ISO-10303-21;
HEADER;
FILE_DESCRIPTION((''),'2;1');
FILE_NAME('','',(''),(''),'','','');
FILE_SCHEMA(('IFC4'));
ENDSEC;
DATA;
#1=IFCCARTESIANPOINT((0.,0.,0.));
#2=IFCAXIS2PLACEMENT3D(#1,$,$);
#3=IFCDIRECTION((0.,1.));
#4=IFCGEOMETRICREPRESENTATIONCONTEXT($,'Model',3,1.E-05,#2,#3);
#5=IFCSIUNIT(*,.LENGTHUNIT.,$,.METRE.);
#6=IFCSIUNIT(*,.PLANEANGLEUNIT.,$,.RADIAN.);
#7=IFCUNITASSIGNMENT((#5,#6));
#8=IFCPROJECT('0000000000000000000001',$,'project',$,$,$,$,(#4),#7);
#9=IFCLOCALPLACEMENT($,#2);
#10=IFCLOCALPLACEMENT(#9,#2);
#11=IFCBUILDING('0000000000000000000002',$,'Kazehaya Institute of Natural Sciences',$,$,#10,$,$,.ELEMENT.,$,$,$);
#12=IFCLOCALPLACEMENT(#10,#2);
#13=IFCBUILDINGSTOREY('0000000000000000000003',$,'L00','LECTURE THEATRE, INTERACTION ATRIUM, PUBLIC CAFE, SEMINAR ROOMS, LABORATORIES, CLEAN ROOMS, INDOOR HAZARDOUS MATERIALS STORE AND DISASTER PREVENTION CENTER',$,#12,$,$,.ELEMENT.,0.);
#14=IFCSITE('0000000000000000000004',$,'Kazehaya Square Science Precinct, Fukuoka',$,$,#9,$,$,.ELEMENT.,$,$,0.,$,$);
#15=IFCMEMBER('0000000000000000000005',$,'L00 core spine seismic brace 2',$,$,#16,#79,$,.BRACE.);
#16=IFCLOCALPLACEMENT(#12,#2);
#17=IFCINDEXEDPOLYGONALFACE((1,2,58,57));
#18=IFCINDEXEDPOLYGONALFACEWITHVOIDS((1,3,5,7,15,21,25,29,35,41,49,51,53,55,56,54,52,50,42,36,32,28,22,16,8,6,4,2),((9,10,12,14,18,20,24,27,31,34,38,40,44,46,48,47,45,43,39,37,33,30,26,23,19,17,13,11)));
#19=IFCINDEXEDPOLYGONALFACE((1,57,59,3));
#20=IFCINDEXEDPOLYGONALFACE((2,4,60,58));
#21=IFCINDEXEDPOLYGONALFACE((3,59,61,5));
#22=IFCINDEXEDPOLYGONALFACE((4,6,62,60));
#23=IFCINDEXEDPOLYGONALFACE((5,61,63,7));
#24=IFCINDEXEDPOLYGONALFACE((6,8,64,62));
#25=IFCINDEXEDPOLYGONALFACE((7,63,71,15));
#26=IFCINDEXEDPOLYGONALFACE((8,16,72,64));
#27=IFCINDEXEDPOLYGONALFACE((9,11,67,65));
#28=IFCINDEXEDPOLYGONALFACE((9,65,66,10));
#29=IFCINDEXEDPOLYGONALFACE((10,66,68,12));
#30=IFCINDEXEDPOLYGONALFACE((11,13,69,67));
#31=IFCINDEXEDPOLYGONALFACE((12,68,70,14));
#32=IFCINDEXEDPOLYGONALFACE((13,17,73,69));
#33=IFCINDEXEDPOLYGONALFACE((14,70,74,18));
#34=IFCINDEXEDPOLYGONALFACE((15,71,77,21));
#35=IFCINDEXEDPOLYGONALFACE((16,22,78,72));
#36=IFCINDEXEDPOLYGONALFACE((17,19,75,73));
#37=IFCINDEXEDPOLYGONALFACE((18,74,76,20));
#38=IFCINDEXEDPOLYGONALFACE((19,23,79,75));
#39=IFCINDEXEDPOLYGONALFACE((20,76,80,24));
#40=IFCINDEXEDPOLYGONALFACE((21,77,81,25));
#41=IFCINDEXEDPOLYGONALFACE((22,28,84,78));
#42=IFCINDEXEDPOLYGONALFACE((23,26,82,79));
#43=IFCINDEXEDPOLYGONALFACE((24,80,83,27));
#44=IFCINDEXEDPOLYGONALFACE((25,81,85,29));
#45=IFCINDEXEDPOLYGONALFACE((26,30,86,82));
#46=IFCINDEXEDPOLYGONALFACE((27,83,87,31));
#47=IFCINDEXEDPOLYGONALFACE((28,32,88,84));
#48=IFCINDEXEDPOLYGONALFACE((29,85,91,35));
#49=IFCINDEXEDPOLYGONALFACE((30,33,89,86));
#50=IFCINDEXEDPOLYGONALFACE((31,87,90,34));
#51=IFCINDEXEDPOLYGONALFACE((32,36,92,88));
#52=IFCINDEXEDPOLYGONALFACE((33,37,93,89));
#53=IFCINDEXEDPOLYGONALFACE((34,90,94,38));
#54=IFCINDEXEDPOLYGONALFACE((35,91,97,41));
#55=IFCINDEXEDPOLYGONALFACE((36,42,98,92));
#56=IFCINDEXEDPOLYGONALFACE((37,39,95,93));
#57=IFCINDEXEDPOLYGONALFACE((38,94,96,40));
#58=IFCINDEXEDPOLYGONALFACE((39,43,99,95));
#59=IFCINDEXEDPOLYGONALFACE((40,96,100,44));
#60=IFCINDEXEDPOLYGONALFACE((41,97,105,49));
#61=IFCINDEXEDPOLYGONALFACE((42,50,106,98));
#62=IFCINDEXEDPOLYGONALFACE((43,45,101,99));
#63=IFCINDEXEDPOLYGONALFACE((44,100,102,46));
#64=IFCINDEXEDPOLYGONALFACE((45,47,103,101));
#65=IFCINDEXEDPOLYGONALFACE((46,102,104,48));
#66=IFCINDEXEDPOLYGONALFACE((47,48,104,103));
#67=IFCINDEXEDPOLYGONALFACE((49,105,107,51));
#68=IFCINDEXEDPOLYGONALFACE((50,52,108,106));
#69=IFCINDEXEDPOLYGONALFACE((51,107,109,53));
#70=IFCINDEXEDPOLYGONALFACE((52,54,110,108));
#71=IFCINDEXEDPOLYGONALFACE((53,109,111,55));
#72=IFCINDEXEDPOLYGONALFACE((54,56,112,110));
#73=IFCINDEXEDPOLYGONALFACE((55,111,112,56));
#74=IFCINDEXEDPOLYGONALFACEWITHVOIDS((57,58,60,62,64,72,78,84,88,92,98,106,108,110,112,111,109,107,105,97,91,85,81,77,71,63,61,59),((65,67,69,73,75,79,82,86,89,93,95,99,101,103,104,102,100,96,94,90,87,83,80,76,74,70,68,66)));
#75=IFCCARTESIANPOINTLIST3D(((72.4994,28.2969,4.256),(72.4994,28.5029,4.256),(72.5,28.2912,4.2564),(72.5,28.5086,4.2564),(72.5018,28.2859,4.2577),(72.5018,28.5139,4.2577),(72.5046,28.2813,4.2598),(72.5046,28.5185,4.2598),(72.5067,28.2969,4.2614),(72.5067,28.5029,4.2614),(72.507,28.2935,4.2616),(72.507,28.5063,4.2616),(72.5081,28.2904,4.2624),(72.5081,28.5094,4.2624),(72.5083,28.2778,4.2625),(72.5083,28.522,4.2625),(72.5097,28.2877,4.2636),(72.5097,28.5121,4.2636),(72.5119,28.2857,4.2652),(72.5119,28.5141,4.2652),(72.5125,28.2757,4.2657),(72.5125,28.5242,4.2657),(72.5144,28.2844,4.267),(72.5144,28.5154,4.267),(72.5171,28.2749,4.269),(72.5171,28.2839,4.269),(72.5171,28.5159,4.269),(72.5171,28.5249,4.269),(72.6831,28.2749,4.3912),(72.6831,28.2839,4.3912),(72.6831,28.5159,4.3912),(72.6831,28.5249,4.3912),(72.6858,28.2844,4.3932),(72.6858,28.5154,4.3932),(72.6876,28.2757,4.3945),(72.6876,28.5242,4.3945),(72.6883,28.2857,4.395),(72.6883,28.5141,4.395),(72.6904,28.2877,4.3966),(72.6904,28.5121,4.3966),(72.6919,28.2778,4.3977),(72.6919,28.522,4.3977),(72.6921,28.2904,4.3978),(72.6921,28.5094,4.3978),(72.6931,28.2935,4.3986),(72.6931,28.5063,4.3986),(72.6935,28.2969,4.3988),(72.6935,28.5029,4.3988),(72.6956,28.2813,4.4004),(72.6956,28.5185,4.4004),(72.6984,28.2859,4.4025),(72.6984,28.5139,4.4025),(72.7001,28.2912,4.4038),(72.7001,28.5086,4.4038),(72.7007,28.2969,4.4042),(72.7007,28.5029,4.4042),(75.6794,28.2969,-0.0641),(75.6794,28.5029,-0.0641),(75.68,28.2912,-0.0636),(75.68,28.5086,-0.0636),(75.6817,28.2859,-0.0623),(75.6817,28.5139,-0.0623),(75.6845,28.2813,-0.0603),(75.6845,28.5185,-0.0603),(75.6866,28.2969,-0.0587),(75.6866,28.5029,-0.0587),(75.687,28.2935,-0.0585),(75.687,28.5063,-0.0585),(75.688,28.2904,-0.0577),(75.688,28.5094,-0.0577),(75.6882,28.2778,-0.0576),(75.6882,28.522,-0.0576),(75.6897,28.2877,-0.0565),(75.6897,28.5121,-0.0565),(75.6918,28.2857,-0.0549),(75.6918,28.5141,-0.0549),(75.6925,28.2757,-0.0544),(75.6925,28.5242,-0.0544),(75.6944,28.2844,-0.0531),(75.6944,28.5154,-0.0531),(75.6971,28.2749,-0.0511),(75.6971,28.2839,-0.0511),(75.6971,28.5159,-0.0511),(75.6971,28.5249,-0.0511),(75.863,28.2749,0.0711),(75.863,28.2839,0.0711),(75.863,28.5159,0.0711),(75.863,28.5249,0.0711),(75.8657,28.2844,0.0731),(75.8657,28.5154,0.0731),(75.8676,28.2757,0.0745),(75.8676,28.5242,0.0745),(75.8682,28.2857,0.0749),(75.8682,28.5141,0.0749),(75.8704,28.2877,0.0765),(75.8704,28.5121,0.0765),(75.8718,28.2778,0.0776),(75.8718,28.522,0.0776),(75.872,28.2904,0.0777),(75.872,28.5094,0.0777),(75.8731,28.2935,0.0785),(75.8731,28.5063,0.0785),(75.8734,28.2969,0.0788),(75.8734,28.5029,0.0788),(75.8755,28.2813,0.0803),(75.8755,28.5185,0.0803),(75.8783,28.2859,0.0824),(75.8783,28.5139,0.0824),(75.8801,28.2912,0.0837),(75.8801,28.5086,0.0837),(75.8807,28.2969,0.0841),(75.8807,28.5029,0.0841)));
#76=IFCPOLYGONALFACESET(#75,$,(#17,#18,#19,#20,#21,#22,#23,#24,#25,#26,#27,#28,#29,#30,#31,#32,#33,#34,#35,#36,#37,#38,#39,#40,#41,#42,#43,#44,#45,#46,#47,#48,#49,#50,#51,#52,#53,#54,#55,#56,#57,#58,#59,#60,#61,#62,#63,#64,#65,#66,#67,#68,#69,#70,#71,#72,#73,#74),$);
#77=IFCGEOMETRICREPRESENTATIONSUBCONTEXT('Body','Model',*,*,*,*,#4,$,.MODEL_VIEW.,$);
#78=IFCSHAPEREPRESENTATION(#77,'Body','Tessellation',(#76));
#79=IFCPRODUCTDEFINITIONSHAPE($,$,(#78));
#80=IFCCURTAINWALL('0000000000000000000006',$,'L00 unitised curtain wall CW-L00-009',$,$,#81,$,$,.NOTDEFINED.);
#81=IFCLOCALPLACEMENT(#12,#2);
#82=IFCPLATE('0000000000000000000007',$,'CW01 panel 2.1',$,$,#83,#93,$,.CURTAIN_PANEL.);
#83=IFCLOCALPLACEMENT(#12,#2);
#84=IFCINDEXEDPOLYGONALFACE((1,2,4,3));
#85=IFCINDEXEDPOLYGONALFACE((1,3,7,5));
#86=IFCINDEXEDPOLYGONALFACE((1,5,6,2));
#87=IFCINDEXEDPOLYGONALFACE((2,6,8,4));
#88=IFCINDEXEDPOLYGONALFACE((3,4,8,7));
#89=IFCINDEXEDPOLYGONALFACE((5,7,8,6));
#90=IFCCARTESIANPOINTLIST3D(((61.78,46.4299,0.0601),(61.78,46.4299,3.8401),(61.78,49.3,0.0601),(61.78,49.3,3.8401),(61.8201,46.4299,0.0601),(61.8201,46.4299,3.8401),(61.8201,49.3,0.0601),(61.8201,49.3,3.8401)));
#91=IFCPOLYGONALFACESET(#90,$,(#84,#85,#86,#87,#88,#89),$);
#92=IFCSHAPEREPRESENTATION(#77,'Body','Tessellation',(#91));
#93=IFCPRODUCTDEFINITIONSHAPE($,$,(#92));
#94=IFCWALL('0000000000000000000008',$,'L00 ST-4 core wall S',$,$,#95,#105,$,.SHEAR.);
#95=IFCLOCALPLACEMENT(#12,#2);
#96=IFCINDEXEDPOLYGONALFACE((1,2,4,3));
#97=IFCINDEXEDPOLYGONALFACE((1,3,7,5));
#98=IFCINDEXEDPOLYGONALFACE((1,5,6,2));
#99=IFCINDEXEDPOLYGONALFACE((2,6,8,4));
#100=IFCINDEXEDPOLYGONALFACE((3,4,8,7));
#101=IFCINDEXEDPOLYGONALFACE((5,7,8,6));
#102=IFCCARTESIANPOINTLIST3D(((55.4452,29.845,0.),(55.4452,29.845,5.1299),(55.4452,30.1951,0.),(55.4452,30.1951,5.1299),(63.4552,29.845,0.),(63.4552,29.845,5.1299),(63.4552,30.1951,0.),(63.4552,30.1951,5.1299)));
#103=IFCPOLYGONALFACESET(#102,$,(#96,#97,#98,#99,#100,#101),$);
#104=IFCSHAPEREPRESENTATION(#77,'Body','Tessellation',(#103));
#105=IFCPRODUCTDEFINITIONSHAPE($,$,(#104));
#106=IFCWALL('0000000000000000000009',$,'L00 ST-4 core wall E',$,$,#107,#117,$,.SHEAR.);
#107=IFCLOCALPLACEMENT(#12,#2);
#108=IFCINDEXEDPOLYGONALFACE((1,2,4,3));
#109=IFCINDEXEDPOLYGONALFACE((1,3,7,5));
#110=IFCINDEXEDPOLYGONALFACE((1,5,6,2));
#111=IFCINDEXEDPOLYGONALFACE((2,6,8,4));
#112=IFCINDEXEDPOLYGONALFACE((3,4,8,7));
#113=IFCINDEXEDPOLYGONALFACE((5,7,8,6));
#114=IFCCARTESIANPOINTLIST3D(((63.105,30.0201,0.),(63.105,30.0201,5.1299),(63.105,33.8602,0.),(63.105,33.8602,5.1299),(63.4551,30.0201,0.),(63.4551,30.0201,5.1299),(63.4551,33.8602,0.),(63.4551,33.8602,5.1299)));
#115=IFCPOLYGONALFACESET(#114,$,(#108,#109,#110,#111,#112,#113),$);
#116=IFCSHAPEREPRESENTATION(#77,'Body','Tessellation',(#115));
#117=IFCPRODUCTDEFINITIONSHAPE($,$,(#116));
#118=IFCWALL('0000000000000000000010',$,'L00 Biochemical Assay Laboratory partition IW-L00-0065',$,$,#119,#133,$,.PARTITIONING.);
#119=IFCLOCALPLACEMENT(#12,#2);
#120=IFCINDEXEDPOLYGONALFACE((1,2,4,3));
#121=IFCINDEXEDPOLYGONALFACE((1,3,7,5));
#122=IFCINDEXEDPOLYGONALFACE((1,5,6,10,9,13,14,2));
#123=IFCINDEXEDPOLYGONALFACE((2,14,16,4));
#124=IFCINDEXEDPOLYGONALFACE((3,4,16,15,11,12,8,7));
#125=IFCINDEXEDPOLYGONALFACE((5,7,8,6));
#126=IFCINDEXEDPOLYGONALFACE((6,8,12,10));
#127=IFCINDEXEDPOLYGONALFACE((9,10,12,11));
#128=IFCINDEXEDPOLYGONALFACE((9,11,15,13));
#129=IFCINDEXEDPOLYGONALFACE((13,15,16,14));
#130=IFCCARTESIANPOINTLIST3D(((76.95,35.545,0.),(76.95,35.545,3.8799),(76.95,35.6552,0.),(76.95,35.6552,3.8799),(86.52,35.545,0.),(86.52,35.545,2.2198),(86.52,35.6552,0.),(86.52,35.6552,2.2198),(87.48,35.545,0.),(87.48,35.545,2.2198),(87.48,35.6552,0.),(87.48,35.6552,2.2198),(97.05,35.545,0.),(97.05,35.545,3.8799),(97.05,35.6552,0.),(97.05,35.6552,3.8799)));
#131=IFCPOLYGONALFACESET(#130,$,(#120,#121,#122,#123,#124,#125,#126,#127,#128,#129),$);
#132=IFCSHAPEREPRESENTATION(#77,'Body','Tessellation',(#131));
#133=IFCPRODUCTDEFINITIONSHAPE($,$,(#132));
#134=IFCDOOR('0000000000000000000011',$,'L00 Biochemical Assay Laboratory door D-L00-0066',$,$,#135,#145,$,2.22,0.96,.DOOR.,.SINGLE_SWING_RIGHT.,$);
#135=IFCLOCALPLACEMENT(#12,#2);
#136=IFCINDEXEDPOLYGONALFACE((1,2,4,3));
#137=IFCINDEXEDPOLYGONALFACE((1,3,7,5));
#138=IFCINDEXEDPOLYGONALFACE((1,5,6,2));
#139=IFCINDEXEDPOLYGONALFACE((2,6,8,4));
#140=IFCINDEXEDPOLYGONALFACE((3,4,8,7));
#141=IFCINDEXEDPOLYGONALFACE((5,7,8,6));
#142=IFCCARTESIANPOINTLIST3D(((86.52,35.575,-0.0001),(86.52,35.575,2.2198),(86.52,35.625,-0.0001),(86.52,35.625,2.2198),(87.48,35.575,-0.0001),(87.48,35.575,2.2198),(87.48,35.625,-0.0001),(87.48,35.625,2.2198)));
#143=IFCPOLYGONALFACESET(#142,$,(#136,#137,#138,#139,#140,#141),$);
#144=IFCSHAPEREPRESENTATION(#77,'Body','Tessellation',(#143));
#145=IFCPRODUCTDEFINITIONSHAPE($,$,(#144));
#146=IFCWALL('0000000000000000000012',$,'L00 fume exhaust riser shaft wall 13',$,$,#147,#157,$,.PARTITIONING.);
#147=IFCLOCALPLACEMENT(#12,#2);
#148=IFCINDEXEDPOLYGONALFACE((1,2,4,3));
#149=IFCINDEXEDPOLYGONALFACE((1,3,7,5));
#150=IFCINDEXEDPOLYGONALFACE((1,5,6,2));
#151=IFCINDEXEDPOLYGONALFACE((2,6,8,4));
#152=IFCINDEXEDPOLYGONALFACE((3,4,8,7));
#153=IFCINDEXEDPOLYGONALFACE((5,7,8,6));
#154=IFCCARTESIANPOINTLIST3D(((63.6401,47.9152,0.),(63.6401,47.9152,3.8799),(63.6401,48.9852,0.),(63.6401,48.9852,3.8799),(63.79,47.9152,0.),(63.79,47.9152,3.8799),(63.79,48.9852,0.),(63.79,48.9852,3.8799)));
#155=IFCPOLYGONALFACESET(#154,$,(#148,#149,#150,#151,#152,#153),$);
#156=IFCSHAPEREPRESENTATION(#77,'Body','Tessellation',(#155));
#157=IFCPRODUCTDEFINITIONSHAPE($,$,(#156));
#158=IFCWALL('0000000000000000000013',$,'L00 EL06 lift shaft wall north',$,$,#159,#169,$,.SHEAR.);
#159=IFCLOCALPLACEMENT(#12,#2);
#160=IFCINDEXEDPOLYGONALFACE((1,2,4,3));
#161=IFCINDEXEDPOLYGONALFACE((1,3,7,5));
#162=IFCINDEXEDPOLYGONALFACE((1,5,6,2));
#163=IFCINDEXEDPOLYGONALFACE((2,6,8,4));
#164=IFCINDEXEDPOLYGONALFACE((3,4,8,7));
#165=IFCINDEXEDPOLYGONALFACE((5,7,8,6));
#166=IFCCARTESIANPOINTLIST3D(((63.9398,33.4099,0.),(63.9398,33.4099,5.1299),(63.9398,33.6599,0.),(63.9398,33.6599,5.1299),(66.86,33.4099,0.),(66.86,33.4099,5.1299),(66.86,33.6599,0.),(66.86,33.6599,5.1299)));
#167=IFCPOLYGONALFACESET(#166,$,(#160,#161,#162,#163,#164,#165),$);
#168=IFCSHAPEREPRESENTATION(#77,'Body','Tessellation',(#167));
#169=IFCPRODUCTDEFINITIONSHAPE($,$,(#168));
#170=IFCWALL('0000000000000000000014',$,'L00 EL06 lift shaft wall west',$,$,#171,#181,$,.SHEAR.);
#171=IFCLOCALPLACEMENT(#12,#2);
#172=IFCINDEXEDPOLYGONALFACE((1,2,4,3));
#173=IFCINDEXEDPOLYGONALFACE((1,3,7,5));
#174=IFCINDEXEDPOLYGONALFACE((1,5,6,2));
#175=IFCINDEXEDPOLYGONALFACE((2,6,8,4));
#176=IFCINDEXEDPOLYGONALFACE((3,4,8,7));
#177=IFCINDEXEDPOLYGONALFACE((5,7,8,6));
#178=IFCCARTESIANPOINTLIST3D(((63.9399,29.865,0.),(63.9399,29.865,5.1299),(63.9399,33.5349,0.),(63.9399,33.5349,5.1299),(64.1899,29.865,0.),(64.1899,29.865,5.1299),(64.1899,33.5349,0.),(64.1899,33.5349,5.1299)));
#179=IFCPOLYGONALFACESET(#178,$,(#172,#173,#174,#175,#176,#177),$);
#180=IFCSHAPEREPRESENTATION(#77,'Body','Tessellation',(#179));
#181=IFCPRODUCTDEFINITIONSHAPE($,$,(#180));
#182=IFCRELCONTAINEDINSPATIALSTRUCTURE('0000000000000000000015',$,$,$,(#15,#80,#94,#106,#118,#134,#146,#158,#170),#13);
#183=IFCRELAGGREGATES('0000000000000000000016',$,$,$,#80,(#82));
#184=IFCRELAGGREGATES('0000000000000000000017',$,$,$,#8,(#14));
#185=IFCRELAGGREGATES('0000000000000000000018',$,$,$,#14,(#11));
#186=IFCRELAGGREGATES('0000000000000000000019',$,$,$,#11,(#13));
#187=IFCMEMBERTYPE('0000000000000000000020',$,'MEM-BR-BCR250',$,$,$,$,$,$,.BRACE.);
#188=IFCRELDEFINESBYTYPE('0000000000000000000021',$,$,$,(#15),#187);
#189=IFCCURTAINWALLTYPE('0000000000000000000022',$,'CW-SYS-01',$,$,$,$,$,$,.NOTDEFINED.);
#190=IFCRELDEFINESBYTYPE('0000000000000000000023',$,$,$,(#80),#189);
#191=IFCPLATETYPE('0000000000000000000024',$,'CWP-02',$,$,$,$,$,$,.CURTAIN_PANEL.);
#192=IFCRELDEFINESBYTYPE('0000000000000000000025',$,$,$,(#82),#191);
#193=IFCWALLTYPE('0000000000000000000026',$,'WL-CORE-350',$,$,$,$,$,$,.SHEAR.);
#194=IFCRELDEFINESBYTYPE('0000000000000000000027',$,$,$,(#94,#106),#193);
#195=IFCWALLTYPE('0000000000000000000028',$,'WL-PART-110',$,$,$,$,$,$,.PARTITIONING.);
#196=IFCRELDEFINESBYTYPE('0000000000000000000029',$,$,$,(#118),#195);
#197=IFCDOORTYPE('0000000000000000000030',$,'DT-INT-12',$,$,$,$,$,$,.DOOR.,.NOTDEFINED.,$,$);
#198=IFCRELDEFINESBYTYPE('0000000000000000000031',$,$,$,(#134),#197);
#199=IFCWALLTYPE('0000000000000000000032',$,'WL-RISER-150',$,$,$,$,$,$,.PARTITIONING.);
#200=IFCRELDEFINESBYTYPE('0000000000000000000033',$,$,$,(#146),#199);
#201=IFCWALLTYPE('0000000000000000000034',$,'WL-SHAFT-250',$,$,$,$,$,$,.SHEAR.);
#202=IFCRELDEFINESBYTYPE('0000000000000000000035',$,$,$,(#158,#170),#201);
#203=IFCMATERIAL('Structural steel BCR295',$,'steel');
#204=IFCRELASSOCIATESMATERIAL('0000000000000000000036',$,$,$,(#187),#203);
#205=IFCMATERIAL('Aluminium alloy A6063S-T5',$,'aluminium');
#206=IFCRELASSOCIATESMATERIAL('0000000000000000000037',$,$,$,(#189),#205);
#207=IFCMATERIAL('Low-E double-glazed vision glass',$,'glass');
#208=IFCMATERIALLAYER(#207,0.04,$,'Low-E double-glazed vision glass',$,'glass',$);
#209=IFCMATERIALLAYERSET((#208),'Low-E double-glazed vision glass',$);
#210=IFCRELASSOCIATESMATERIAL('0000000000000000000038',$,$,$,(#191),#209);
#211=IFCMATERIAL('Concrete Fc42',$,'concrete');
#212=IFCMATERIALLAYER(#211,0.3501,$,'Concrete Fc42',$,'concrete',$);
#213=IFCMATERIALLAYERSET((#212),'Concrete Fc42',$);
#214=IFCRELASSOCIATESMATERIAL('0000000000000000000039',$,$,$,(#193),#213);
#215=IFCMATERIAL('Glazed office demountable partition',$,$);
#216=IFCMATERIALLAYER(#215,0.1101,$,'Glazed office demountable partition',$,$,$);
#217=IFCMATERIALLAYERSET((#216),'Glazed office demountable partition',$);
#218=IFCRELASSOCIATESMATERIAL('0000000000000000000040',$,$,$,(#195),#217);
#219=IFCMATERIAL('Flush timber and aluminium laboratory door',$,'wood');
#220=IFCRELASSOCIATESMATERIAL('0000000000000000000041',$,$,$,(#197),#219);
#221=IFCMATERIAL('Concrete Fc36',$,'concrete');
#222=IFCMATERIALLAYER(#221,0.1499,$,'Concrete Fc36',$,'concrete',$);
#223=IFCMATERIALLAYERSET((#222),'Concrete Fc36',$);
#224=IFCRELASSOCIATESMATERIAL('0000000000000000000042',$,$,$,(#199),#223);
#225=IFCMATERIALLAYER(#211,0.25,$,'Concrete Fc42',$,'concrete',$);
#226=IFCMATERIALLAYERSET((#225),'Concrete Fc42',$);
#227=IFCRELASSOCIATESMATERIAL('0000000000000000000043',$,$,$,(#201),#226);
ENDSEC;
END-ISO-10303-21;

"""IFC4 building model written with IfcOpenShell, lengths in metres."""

from ifc_helpers import new_model, si_unit, direction, frame, frame_2d, origin, origin_2d, place, context, subcontext, project, spatial, rectangle, hollow_rectangle, extrude, material, layer, layer_set, material_profile, profile_set, type_object, element, fill, aggregate, save


model = new_model("IFC4")

# Units and contexts
model_context = context("Model", 3, precision=1e-05, world=origin(), true_north=direction((0.0, 1.0)))
body_context = subcontext(model_context, "Body", "Model", "MODEL_VIEW")
ifc_project = project(units=[si_unit("LENGTHUNIT", "METRE"), si_unit("PLANEANGLEUNIT", "RADIAN")], contexts=[model_context])

# Site, building, storey
site_placement = place(None, origin())
site = spatial("IfcSite", under=ifc_project, at=site_placement, Name="Kazehaya Square Science Precinct, Fukuoka", CompositionType="ELEMENT", RefElevation=0.0)
building_placement = place(site_placement, origin())
building = spatial("IfcBuilding", under=site, at=building_placement, Name="Kazehaya Institute of Natural Sciences", CompositionType="ELEMENT")
storey_placement = place(building_placement, origin())
storey = spatial("IfcBuildingStorey", under=building, at=storey_placement, Name="L00", Description="LECTURE THEATRE, INTERACTION ATRIUM, PUBLIC CAFE, SEMINAR ROOMS, LABORATORIES, CLEAN ROOMS, INDOOR HAZARDOUS MATERIALS STORE AND DISASTER PREVENTION CENTER", CompositionType="ELEMENT", Elevation=0.0)

# Shared definitions
ifc_material_1 = material(Name="Concrete Fc36", Category="concrete")
ifc_material_2 = material(Name="Concrete Fc42", Category="concrete")

# Member
ifc_material_3 = material(Name="Structural steel BCR295", Category="steel")
ifc_material_profile_1 = material_profile(ifc_material_3, hollow_rectangle(XDim=0.25, YDim=0.25, WallThickness=0.009, InnerFilletRadius=0.0129, OuterFilletRadius=0.022, at=origin_2d()), Name="BCR-250x250x9")
ifc_profile_set_1 = profile_set([ifc_material_profile_1], Name="Structural steel BCR295")
member_type = type_object("IfcMemberType", Name="MEM-BR-BCR250", PredefinedType="BRACE", material=ifc_profile_set_1)
for number, where, z_axis, x_axis, name in (
    (1, (75.78, 28.3999, 0.01), (-0.592803, 0.0, 0.805347), (0.0, -1.0, 0.0), "L00 core spine seismic brace 2"),
):
    element("IfcMember", number, at=place(storey_placement, frame(where, z_axis=z_axis, x_axis=x_axis)), inside=storey, type_object=member_type, Name=name, PredefinedType="BRACE", context=body_context, shape_type="SweptSolid", body=[
        extrude(hollow_rectangle(XDim=0.25, YDim=0.25, WallThickness=0.009, InnerFilletRadius=0.0129, OuterFilletRadius=0.022, at=origin_2d()), origin(), (0.0, 0.0, 1.0), 5.3643),
    ])

# Curtain wall, plate
ifc_material_4 = material(Name="Aluminium alloy A6063S-T5", Category="aluminium")
curtain_wall_type = type_object("IfcCurtainWallType", Name="CW-SYS-01", PredefinedType="NOTDEFINED", material=ifc_material_4)
curtain_wall_placement = place(storey_placement, origin())
curtain_wall = element("IfcCurtainWall", 2, at=curtain_wall_placement, inside=storey, type_object=curtain_wall_type, Name="L00 unitised curtain wall CW-L00-009", PredefinedType="NOTDEFINED")
ifc_material_5 = material(Name="Low-E double-glazed vision glass", Category="glass")
ifc_layer_1 = layer(ifc_material_5, 0.04, Name="Low-E double-glazed vision glass", Category="glass")
ifc_layer_set_1 = layer_set([ifc_layer_1], Name="Low-E double-glazed vision glass")
plate_type = type_object("IfcPlateType", Name="CWP-02", PredefinedType="CURTAIN_PANEL", material=ifc_layer_set_1)
plate_placement = place(storey_placement, frame((61.8, 47.865, 0.0601), z_axis=(0.0, 0.0, 1.0), x_axis=(0.0, 1.0, 0.0)))
plate = element("IfcPlate", 3, at=plate_placement, type_object=plate_type, Name="CW01 panel 2.1", PredefinedType="CURTAIN_PANEL", context=body_context, shape_type="SweptSolid", body=[
    extrude(rectangle(XDim=2.8701, YDim=0.04, at=origin_2d()), origin(), (0.0, 0.0, 1.0), 3.78),
])
aggregate(curtain_wall, [plate])

# Walls
ifc_layer_2 = layer(ifc_material_2, 0.3501, Name="Concrete Fc42", Category="concrete")
ifc_layer_set_2 = layer_set([ifc_layer_2], Name="Concrete Fc42")
wall_type_1 = type_object("IfcWallType", Name="WL-CORE-350", PredefinedType="SHEAR", material=ifc_layer_set_2)
wall_1_placement = place(storey_placement, frame((63.4551, 30.02, 0.0), z_axis=(0.0, 0.0, 1.0), x_axis=(-1.0, 0.0, 0.0)))
element("IfcWall", 4, at=wall_1_placement, inside=storey, type_object=wall_type_1, Name="L00 ST-4 core wall S", PredefinedType="SHEAR", context=body_context, shape_type="SweptSolid", body=[
    extrude(rectangle(XDim=8.01, YDim=0.3501, at=frame_2d((4.0049, 0.0))), origin(), (0.0, 0.0, 1.0), 5.1299),
])
wall_2_placement = place(storey_placement, frame((63.28, 33.8601, 0.0), z_axis=(0.0, 0.0, 1.0), x_axis=(0.0, -1.0, 0.0)))
element("IfcWall", 5, at=wall_2_placement, inside=storey, type_object=wall_type_1, Name="L00 ST-4 core wall E", PredefinedType="SHEAR", context=body_context, shape_type="SweptSolid", body=[
    extrude(rectangle(XDim=3.8401, YDim=0.3501, at=frame_2d((1.9199, 0.0))), origin(), (0.0, 0.0, 1.0), 5.1299),
])

# Wall, opening, door
ifc_material_6 = material(Name="Glazed office demountable partition")
ifc_layer_3 = layer(ifc_material_6, 0.1101, Name="Glazed office demountable partition")
ifc_layer_set_3 = layer_set([ifc_layer_3], Name="Glazed office demountable partition")
wall_type_2 = type_object("IfcWallType", Name="WL-PART-110", PredefinedType="PARTITIONING", material=ifc_layer_set_3)
wall_3_placement = place(storey_placement, frame((76.95, 35.6001, 0.0), z_axis=(0.0, 0.0, 1.0), x_axis=(1.0, 0.0, 0.0)))
wall_3 = element("IfcWall", 6, at=wall_3_placement, inside=storey, type_object=wall_type_2, Name="L00 Biochemical Assay Laboratory partition IW-L00-0065", PredefinedType="PARTITIONING", context=body_context, shape_type="SweptSolid", body=[
    extrude(rectangle(XDim=20.1001, YDim=0.1101, at=frame_2d((10.05, 0.0))), origin(), (0.0, 0.0, 1.0), 3.8799),
])
opening_1_placement = place(wall_3_placement, frame((9.5701, 0.0, 0.0)))
opening_1 = element("IfcOpeningElement", 7, at=opening_1_placement, cuts=wall_3, PredefinedType="OPENING", context=body_context, shape_type="SweptSolid", body=[
    extrude(rectangle(XDim=0.96, YDim=2.22, at=frame_2d((0.48, 1.1099))), frame((0.0, 0.0649, 0.0), z_axis=(0.0, -1.0, 0.0), x_axis=(1.0, 0.0, 0.0)), (0.0, 0.0, 1.0), 0.1301),
])
ifc_material_7 = material(Name="Flush timber and aluminium laboratory door", Category="wood")
door_type_1 = type_object("IfcDoorType", Name="DT-INT-12", OperationType="NOTDEFINED", PredefinedType="DOOR", material=ifc_material_7)
door_1_placement = place(opening_1_placement, origin())
door_1 = element("IfcDoor", 8, at=door_1_placement, inside=storey, type_object=door_type_1, Name="L00 Biochemical Assay Laboratory door D-L00-0066", OperationType="SINGLE_SWING_RIGHT", OverallHeight=2.22, OverallWidth=0.96, PredefinedType="DOOR", context=body_context, shape_type="SweptSolid", body=[
    extrude(rectangle(XDim=0.96, YDim=2.22, at=frame_2d((0.48, 1.1099))), frame((0.0, 0.0249, 0.0), z_axis=(0.0, -1.0, 0.0), x_axis=(1.0, 0.0, 0.0)), (0.0, 0.0, 1.0), 0.05),
])
fill(opening_1, door_1)

# Wall
ifc_layer_4 = layer(ifc_material_1, 0.1499, Name="Concrete Fc36", Category="concrete")
ifc_layer_set_4 = layer_set([ifc_layer_4], Name="Concrete Fc36")
wall_type_3 = type_object("IfcWallType", Name="WL-RISER-150", PredefinedType="PARTITIONING", material=ifc_layer_set_4)
wall_4_placement = place(storey_placement, frame((63.7151, 47.915, 0.0), z_axis=(0.0, 0.0, 1.0), x_axis=(0.0, 1.0, 0.0)))
element("IfcWall", 9, at=wall_4_placement, inside=storey, type_object=wall_type_3, Name="L00 fume exhaust riser shaft wall 13", PredefinedType="PARTITIONING", context=body_context, shape_type="SweptSolid", body=[
    extrude(rectangle(XDim=1.0701, YDim=0.1499, at=frame_2d((0.5352, 0.0))), origin(), (0.0, 0.0, 1.0), 3.8799),
])

# Shared definitions
ifc_layer_5 = layer(ifc_material_2, 0.25, Name="Concrete Fc42", Category="concrete")
ifc_layer_set_5 = layer_set([ifc_layer_5], Name="Concrete Fc42")
wall_type_4 = type_object("IfcWallType", Name="WL-SHAFT-250", PredefinedType="SHEAR", material=ifc_layer_set_5)

# Walls
wall_5_placement = place(storey_placement, frame((63.9399, 33.5349, 0.0), z_axis=(0.0, 0.0, 1.0), x_axis=(1.0, 0.0, 0.0)))
element("IfcWall", 10, at=wall_5_placement, inside=storey, type_object=wall_type_4, Name="L00 EL06 lift shaft wall north", PredefinedType="SHEAR", context=body_context, shape_type="SweptSolid", body=[
    extrude(rectangle(XDim=2.9202, YDim=0.25, at=frame_2d((1.46, 0.0))), origin(), (0.0, 0.0, 1.0), 5.1299),
])
for number, where, z_axis, x_axis, name in (
    (11, (64.0649, 29.865, 0.0), (0.0, 0.0, 1.0), (0.0, 1.0, 0.0), "L00 EL06 lift shaft wall west"),
):
    element("IfcWall", number, at=place(storey_placement, frame(where, z_axis=z_axis, x_axis=x_axis)), inside=storey, type_object=wall_type_4, Name=name, PredefinedType="SHEAR", context=body_context, shape_type="SweptSolid", body=[
        extrude(rectangle(XDim=3.6699, YDim=0.25, at=frame_2d((1.835, 0.0))), origin(), (0.0, 0.0, 1.0), 5.1299),
    ])

save(model, "model.ifc")
